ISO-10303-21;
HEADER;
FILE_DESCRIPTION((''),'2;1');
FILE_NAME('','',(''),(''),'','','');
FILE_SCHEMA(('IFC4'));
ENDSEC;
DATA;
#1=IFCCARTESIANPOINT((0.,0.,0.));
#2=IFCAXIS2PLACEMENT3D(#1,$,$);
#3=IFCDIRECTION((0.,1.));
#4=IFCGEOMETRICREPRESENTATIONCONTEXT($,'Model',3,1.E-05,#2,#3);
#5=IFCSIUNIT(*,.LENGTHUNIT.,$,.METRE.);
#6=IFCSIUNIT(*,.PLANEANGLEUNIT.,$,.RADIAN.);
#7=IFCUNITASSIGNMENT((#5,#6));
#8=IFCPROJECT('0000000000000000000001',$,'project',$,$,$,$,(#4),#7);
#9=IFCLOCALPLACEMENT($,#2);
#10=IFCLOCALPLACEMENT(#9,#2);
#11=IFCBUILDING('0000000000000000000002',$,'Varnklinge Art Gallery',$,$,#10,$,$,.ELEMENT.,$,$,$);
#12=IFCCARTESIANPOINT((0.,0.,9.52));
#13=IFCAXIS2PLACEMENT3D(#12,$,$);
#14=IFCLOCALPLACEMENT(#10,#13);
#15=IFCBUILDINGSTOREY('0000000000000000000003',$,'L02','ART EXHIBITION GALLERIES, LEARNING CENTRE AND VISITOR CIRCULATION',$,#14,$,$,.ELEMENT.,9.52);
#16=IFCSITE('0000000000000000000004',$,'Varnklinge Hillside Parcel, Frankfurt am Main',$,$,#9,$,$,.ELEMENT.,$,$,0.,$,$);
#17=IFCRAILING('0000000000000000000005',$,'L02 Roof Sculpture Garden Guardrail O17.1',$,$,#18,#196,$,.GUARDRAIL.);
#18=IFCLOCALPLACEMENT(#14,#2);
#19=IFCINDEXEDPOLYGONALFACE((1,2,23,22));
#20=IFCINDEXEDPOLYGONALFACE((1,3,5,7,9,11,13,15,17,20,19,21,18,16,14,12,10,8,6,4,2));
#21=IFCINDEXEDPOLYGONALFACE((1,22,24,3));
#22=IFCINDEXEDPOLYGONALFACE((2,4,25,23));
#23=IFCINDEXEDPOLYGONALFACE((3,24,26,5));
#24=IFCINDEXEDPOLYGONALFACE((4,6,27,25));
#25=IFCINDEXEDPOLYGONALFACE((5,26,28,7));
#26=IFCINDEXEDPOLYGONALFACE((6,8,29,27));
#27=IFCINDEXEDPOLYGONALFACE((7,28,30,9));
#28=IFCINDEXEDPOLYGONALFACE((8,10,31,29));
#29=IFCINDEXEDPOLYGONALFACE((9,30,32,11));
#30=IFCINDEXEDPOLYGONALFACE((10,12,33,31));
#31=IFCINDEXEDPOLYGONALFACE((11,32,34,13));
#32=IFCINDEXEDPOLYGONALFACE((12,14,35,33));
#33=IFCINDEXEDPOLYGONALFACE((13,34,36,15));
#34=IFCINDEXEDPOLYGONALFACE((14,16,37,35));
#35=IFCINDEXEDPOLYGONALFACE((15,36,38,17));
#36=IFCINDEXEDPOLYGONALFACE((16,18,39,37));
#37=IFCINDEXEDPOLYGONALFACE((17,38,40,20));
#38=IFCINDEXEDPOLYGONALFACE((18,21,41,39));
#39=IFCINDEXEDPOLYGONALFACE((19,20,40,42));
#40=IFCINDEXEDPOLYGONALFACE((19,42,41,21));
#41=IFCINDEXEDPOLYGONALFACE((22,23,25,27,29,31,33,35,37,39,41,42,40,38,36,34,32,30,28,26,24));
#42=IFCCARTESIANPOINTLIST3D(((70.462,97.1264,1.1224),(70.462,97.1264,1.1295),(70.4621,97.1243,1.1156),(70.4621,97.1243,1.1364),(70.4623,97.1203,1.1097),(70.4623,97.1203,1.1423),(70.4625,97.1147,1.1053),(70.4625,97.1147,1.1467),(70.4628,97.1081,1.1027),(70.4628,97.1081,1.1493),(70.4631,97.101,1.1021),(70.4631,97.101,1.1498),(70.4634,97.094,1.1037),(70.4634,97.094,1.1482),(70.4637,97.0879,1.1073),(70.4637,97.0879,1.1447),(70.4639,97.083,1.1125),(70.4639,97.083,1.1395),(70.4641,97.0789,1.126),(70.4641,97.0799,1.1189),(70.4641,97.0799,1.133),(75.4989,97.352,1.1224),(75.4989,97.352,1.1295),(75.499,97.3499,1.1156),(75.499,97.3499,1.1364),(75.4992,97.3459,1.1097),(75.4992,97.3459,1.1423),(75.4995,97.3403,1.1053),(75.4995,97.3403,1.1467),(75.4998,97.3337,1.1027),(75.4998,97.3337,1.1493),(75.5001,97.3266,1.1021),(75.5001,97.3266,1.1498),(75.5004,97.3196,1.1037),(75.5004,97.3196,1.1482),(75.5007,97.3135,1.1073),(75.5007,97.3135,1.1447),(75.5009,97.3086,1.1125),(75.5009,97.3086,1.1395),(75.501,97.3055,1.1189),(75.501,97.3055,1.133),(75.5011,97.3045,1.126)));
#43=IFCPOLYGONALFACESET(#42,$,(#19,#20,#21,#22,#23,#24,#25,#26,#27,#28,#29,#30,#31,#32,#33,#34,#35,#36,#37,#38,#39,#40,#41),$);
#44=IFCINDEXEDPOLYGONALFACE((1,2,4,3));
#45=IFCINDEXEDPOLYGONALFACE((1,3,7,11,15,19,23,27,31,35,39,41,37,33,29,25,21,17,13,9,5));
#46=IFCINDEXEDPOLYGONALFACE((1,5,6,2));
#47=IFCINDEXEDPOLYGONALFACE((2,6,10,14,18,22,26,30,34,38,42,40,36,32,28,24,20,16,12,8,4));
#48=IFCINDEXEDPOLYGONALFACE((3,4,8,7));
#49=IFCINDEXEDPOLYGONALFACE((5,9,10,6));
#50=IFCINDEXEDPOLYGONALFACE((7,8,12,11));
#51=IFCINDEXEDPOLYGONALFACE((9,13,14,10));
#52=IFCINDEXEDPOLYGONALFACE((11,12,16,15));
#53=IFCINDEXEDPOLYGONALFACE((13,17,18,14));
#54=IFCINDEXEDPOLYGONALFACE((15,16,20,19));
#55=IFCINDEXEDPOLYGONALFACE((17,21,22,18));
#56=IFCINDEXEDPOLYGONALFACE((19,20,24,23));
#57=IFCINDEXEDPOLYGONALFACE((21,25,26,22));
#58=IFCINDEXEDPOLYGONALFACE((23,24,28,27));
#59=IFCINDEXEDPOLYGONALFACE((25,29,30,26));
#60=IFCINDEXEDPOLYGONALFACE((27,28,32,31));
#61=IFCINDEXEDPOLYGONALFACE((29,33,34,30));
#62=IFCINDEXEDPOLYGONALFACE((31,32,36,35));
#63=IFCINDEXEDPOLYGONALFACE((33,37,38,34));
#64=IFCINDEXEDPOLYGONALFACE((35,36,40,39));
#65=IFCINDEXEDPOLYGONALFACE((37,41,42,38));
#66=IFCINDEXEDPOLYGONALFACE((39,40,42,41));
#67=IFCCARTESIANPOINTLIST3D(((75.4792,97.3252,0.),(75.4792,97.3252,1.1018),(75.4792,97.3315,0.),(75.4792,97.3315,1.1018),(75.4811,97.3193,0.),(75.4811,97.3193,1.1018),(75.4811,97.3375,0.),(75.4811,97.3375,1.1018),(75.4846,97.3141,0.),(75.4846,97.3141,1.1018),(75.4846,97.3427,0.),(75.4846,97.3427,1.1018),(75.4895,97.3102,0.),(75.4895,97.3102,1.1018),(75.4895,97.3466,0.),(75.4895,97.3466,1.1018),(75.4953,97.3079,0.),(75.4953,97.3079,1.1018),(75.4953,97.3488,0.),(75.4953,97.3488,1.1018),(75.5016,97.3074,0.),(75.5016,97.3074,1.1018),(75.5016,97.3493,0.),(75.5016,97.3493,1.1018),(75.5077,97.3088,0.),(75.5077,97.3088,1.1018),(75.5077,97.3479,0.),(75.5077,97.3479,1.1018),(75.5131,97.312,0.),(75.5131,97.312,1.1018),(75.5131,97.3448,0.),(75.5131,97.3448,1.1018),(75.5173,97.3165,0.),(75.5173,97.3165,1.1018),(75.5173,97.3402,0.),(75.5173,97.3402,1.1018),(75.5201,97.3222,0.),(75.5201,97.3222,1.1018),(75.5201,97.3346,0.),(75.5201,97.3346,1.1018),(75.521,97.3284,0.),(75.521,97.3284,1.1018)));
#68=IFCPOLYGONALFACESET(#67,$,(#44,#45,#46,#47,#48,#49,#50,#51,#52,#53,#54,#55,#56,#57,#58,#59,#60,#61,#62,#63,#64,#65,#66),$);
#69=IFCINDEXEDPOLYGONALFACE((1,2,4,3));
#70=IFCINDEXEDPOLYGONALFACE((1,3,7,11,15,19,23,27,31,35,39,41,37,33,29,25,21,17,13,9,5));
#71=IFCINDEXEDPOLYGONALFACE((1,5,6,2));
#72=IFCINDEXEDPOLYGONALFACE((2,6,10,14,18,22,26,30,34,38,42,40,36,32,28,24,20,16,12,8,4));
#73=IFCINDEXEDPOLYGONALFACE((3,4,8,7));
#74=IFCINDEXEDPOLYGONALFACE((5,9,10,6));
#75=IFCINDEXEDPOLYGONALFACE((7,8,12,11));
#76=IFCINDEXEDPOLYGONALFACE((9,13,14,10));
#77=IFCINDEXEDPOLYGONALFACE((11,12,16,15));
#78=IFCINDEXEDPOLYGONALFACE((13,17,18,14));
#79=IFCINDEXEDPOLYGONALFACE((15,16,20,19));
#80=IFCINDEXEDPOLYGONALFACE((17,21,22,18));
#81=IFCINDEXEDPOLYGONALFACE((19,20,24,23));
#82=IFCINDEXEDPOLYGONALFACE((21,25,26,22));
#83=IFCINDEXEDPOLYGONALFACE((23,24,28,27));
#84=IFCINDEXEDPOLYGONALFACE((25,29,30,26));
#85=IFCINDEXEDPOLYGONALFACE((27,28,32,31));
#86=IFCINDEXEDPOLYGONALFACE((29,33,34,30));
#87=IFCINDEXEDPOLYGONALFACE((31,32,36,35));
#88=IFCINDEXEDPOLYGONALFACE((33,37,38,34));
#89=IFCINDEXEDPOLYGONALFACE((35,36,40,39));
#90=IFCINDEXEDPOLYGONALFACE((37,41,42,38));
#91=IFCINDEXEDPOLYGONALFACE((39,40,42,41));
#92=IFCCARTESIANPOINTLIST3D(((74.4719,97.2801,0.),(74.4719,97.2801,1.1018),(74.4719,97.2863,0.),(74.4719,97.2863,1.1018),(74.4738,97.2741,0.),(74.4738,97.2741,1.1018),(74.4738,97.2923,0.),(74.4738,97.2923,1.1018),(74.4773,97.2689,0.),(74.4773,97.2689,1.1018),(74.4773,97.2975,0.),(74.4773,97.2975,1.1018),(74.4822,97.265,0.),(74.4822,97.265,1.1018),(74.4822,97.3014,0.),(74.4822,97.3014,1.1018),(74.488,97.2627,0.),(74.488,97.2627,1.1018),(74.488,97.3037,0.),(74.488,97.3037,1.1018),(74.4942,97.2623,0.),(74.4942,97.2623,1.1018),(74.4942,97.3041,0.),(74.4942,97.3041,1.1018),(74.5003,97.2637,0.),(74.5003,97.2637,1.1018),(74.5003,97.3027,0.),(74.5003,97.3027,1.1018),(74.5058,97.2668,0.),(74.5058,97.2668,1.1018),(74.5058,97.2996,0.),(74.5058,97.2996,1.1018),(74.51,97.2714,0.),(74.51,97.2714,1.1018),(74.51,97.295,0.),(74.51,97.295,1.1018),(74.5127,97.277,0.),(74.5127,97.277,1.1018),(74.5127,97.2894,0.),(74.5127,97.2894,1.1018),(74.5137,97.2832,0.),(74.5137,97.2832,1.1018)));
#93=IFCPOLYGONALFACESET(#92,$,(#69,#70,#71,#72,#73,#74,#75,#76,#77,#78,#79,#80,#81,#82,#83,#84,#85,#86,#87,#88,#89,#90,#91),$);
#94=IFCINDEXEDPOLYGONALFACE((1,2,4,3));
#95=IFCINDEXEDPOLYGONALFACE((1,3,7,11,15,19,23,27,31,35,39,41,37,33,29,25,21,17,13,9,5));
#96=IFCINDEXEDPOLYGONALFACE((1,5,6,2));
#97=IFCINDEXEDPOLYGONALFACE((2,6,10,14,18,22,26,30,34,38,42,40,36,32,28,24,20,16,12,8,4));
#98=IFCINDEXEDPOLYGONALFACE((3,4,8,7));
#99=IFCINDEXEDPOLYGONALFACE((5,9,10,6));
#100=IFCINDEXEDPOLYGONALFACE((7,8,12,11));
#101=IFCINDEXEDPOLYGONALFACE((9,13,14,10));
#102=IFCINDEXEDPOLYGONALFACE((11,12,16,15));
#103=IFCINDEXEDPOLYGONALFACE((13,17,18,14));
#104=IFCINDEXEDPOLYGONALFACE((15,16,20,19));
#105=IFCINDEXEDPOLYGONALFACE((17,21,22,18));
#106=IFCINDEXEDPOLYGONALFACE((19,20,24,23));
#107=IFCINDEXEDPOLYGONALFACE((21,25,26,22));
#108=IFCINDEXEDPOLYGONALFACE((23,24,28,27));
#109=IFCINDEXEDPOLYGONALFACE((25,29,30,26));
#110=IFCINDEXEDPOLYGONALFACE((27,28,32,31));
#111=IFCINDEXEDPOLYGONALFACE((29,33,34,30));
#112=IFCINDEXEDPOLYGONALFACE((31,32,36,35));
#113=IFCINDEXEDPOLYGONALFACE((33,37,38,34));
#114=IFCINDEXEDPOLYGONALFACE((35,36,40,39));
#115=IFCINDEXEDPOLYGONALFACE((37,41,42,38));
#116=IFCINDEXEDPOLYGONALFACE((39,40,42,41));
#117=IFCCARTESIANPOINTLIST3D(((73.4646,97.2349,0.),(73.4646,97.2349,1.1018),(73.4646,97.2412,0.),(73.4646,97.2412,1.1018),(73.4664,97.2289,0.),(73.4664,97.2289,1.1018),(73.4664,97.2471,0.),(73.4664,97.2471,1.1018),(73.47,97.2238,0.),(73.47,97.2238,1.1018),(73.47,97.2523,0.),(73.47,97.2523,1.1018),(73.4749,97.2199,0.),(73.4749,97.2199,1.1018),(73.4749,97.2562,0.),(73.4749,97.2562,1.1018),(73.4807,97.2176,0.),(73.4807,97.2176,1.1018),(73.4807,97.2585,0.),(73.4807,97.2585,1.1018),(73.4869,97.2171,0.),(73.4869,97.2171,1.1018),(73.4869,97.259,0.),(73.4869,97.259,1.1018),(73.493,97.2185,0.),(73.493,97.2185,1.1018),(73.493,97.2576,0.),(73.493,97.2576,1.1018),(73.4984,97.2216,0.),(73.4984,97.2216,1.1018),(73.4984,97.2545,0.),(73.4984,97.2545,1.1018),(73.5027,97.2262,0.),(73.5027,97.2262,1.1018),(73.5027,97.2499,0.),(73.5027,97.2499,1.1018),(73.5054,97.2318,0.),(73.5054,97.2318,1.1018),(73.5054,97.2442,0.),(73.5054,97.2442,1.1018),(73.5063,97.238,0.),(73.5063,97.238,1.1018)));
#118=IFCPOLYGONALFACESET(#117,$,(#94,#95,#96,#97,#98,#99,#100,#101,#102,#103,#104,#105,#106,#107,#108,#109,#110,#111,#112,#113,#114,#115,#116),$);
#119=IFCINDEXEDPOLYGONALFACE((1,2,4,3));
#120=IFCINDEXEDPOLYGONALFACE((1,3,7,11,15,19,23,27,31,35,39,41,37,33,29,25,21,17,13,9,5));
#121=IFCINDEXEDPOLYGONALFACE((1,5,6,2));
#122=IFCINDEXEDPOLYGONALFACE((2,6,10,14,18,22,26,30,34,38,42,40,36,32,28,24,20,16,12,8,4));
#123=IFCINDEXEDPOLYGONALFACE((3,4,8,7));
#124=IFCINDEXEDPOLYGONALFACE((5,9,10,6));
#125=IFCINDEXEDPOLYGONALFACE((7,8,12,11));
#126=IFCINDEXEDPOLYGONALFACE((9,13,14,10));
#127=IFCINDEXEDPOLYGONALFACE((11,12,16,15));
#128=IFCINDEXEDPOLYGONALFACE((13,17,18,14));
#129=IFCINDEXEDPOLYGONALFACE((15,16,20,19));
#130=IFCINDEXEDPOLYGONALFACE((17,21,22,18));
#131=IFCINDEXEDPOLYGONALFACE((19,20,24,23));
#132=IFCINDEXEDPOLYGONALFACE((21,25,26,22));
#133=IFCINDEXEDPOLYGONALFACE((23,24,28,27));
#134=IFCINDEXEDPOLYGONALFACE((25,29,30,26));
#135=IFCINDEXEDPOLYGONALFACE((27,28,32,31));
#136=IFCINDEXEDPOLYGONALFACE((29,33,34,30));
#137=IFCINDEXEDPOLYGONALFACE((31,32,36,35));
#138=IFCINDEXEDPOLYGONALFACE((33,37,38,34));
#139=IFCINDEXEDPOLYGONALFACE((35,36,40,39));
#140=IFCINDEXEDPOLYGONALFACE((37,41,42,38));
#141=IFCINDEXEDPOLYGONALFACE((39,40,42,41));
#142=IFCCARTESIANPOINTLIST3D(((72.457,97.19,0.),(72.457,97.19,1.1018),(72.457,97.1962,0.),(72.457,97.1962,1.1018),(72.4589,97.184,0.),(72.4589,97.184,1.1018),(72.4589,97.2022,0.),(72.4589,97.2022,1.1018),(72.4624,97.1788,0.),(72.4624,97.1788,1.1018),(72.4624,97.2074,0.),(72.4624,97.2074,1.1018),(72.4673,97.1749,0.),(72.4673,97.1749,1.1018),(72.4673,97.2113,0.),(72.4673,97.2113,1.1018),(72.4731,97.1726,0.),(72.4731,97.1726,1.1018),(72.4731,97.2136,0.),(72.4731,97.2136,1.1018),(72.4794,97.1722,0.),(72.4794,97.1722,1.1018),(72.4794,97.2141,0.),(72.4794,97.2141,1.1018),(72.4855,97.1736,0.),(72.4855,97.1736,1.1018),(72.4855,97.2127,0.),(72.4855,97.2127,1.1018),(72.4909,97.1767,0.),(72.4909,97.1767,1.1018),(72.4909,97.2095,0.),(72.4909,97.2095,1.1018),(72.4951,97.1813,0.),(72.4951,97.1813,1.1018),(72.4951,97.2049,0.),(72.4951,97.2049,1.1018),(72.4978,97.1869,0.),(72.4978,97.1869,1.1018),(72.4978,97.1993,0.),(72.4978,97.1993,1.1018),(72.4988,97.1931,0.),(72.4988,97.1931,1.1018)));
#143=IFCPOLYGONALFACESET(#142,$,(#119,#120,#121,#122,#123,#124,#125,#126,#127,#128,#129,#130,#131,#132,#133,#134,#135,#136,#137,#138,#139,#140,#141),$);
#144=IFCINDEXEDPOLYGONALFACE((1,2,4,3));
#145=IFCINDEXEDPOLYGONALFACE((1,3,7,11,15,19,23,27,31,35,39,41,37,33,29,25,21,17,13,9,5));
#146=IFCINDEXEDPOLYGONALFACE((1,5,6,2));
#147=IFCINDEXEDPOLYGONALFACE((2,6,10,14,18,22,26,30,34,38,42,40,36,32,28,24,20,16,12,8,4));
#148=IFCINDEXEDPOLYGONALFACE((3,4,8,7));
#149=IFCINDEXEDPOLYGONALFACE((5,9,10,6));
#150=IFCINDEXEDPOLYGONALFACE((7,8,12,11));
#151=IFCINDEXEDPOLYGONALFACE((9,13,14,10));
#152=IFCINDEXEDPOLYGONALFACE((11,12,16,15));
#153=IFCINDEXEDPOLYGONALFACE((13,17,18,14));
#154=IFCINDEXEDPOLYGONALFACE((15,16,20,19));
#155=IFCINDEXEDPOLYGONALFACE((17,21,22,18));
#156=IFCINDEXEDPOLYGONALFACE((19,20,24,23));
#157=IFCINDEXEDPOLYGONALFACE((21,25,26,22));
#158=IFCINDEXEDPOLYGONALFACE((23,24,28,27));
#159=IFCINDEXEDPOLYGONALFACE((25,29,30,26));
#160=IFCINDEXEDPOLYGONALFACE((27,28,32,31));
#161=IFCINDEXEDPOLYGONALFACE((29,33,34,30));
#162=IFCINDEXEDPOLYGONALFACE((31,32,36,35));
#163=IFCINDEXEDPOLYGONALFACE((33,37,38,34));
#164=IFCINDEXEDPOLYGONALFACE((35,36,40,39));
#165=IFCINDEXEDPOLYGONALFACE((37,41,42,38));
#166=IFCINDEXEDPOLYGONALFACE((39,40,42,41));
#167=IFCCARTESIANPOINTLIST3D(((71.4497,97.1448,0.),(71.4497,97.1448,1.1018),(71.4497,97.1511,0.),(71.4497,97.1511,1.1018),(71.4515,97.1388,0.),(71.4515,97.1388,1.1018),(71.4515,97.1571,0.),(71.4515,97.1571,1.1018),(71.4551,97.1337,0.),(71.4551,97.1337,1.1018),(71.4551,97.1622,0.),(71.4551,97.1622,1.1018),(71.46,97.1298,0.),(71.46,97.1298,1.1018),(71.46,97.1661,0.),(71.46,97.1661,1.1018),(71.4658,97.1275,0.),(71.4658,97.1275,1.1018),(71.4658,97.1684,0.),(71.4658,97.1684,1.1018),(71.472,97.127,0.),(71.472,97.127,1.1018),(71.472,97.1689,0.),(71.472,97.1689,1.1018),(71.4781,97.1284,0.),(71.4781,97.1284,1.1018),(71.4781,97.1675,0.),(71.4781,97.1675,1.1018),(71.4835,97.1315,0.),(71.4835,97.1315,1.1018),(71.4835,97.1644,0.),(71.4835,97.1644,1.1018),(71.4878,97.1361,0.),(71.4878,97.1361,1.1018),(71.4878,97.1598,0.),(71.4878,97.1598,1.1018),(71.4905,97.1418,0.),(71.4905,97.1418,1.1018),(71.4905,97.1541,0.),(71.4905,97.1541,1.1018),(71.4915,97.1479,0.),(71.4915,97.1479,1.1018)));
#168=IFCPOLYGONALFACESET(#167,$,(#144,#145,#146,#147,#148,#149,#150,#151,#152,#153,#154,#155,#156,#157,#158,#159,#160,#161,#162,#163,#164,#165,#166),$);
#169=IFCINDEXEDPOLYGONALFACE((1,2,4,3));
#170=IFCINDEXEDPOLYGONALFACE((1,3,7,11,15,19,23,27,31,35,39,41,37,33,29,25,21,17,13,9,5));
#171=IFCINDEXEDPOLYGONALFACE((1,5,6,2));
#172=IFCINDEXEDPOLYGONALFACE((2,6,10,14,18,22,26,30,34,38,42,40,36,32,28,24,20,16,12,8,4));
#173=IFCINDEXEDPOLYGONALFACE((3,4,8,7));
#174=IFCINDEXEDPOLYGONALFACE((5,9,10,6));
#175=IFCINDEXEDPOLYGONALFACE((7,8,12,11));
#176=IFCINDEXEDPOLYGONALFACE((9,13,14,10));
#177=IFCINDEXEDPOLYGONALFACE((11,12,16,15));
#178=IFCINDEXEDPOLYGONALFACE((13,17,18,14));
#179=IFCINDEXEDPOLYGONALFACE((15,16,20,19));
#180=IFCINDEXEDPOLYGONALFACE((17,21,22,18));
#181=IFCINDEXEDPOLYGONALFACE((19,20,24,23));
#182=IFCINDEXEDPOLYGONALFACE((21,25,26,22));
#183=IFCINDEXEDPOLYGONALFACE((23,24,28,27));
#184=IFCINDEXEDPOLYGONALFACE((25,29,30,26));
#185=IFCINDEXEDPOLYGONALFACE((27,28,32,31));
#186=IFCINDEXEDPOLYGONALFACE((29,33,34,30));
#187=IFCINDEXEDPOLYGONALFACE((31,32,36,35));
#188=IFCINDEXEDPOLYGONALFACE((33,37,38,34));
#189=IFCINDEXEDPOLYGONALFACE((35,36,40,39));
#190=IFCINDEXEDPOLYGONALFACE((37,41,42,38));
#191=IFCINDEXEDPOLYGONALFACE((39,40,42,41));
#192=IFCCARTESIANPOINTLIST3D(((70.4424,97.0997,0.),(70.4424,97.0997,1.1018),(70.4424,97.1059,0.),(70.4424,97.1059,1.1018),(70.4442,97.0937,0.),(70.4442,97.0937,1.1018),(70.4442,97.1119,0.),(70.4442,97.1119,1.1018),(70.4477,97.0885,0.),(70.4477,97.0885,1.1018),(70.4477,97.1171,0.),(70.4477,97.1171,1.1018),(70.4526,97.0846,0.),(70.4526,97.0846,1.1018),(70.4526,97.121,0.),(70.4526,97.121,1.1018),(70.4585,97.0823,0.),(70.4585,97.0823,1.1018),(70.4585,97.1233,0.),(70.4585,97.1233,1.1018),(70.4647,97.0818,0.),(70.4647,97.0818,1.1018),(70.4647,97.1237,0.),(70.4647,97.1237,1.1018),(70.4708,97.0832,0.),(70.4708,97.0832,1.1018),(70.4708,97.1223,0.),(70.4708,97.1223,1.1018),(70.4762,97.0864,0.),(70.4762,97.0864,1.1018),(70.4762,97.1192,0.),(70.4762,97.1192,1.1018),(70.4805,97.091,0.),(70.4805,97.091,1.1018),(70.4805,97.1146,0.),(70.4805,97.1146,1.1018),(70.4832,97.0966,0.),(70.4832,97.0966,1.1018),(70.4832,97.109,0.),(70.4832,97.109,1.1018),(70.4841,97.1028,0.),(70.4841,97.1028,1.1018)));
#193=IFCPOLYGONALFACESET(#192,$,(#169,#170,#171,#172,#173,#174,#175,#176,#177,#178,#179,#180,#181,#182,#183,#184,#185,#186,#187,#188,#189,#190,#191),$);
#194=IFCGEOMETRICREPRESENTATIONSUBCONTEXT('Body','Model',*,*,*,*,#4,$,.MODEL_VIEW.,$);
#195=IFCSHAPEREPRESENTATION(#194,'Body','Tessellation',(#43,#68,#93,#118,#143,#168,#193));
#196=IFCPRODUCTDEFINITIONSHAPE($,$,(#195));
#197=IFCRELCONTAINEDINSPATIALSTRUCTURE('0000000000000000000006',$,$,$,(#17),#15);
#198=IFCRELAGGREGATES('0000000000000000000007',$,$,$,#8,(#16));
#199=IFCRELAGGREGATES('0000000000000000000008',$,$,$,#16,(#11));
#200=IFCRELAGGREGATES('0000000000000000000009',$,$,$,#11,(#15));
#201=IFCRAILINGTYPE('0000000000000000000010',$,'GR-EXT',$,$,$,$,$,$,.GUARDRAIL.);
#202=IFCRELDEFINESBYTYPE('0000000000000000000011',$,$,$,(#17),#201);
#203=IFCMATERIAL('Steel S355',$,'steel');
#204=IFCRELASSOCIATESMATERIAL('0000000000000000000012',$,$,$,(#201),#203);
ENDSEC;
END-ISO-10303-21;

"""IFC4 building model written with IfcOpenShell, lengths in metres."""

from ifc_helpers import new_model, si_unit, direction, frame, origin, origin_2d, place, context, subcontext, project, spatial, circle, extrude, material, type_object, element, save


model = new_model("IFC4")

# Units and contexts
model_context = context("Model", 3, precision=1e-05, world=origin(), true_north=direction((0.0, 1.0)))
body_context = subcontext(model_context, "Body", "Model", "MODEL_VIEW")
ifc_project = project(units=[si_unit("LENGTHUNIT", "METRE"), si_unit("PLANEANGLEUNIT", "RADIAN")], contexts=[model_context])

# Site, building, storey
site_placement = place(None, origin())
site = spatial("IfcSite", under=ifc_project, at=site_placement, Name="Varnklinge Hillside Parcel, Frankfurt am Main", CompositionType="ELEMENT", RefElevation=0.0)
building_placement = place(site_placement, origin())
building = spatial("IfcBuilding", under=site, at=building_placement, Name="Varnklinge Art Gallery", CompositionType="ELEMENT")
storey_placement = place(building_placement, frame((0.0, 0.0, 9.52)))
storey = spatial("IfcBuildingStorey", under=building, at=storey_placement, Name="L02", Description="ART EXHIBITION GALLERIES, LEARNING CENTRE AND VISITOR CIRCULATION", CompositionType="ELEMENT", Elevation=9.52)

# Railing
ifc_material_1 = material(Name="Steel S355", Category="steel")
railing_type = type_object("IfcRailingType", Name="GR-EXT", PredefinedType="GUARDRAIL", material=ifc_material_1)
railing_1_placement = place(storey_placement, frame((75.5, 97.3284, 0.0)))
element("IfcRailing", 1, at=railing_1_placement, inside=storey, type_object=railing_type, Name="L02 Roof Sculpture Garden Guardrail O17.1", PredefinedType="GUARDRAIL", context=body_context, shape_type="SweptSolid", body=[
    extrude(circle(Radius=0.0239, at=origin_2d()), frame((0.0, 0.0, 1.126), z_axis=(-0.998999, -0.044742, 0.0), x_axis=(0.044742, -0.998999, 0.0)), (0.0, 0.0, 1.0), 5.042),
    extrude(circle(Radius=0.021, at=origin_2d()), origin(), (0.0, 0.0, 1.0), 1.1018),
    extrude(circle(Radius=0.021, at=origin_2d()), frame((-1.0073, -0.0452, 0.0)), (0.0, 0.0, 1.0), 1.1018),
    extrude(circle(Radius=0.021, at=origin_2d()), frame((-2.0146, -0.0903, 0.0)), (0.0, 0.0, 1.0), 1.1018),
    extrude(circle(Radius=0.021, at=origin_2d()), frame((-3.0222, -0.1353, 0.0)), (0.0, 0.0, 1.0), 1.1018),
    extrude(circle(Radius=0.021, at=origin_2d()), frame((-4.0295, -0.1804, 0.0)), (0.0, 0.0, 1.0), 1.1018),
    extrude(circle(Radius=0.021, at=origin_2d()), frame((-5.0369, -0.2256, 0.0)), (0.0, 0.0, 1.0), 1.1018),
])

save(model, "model.ifc")
